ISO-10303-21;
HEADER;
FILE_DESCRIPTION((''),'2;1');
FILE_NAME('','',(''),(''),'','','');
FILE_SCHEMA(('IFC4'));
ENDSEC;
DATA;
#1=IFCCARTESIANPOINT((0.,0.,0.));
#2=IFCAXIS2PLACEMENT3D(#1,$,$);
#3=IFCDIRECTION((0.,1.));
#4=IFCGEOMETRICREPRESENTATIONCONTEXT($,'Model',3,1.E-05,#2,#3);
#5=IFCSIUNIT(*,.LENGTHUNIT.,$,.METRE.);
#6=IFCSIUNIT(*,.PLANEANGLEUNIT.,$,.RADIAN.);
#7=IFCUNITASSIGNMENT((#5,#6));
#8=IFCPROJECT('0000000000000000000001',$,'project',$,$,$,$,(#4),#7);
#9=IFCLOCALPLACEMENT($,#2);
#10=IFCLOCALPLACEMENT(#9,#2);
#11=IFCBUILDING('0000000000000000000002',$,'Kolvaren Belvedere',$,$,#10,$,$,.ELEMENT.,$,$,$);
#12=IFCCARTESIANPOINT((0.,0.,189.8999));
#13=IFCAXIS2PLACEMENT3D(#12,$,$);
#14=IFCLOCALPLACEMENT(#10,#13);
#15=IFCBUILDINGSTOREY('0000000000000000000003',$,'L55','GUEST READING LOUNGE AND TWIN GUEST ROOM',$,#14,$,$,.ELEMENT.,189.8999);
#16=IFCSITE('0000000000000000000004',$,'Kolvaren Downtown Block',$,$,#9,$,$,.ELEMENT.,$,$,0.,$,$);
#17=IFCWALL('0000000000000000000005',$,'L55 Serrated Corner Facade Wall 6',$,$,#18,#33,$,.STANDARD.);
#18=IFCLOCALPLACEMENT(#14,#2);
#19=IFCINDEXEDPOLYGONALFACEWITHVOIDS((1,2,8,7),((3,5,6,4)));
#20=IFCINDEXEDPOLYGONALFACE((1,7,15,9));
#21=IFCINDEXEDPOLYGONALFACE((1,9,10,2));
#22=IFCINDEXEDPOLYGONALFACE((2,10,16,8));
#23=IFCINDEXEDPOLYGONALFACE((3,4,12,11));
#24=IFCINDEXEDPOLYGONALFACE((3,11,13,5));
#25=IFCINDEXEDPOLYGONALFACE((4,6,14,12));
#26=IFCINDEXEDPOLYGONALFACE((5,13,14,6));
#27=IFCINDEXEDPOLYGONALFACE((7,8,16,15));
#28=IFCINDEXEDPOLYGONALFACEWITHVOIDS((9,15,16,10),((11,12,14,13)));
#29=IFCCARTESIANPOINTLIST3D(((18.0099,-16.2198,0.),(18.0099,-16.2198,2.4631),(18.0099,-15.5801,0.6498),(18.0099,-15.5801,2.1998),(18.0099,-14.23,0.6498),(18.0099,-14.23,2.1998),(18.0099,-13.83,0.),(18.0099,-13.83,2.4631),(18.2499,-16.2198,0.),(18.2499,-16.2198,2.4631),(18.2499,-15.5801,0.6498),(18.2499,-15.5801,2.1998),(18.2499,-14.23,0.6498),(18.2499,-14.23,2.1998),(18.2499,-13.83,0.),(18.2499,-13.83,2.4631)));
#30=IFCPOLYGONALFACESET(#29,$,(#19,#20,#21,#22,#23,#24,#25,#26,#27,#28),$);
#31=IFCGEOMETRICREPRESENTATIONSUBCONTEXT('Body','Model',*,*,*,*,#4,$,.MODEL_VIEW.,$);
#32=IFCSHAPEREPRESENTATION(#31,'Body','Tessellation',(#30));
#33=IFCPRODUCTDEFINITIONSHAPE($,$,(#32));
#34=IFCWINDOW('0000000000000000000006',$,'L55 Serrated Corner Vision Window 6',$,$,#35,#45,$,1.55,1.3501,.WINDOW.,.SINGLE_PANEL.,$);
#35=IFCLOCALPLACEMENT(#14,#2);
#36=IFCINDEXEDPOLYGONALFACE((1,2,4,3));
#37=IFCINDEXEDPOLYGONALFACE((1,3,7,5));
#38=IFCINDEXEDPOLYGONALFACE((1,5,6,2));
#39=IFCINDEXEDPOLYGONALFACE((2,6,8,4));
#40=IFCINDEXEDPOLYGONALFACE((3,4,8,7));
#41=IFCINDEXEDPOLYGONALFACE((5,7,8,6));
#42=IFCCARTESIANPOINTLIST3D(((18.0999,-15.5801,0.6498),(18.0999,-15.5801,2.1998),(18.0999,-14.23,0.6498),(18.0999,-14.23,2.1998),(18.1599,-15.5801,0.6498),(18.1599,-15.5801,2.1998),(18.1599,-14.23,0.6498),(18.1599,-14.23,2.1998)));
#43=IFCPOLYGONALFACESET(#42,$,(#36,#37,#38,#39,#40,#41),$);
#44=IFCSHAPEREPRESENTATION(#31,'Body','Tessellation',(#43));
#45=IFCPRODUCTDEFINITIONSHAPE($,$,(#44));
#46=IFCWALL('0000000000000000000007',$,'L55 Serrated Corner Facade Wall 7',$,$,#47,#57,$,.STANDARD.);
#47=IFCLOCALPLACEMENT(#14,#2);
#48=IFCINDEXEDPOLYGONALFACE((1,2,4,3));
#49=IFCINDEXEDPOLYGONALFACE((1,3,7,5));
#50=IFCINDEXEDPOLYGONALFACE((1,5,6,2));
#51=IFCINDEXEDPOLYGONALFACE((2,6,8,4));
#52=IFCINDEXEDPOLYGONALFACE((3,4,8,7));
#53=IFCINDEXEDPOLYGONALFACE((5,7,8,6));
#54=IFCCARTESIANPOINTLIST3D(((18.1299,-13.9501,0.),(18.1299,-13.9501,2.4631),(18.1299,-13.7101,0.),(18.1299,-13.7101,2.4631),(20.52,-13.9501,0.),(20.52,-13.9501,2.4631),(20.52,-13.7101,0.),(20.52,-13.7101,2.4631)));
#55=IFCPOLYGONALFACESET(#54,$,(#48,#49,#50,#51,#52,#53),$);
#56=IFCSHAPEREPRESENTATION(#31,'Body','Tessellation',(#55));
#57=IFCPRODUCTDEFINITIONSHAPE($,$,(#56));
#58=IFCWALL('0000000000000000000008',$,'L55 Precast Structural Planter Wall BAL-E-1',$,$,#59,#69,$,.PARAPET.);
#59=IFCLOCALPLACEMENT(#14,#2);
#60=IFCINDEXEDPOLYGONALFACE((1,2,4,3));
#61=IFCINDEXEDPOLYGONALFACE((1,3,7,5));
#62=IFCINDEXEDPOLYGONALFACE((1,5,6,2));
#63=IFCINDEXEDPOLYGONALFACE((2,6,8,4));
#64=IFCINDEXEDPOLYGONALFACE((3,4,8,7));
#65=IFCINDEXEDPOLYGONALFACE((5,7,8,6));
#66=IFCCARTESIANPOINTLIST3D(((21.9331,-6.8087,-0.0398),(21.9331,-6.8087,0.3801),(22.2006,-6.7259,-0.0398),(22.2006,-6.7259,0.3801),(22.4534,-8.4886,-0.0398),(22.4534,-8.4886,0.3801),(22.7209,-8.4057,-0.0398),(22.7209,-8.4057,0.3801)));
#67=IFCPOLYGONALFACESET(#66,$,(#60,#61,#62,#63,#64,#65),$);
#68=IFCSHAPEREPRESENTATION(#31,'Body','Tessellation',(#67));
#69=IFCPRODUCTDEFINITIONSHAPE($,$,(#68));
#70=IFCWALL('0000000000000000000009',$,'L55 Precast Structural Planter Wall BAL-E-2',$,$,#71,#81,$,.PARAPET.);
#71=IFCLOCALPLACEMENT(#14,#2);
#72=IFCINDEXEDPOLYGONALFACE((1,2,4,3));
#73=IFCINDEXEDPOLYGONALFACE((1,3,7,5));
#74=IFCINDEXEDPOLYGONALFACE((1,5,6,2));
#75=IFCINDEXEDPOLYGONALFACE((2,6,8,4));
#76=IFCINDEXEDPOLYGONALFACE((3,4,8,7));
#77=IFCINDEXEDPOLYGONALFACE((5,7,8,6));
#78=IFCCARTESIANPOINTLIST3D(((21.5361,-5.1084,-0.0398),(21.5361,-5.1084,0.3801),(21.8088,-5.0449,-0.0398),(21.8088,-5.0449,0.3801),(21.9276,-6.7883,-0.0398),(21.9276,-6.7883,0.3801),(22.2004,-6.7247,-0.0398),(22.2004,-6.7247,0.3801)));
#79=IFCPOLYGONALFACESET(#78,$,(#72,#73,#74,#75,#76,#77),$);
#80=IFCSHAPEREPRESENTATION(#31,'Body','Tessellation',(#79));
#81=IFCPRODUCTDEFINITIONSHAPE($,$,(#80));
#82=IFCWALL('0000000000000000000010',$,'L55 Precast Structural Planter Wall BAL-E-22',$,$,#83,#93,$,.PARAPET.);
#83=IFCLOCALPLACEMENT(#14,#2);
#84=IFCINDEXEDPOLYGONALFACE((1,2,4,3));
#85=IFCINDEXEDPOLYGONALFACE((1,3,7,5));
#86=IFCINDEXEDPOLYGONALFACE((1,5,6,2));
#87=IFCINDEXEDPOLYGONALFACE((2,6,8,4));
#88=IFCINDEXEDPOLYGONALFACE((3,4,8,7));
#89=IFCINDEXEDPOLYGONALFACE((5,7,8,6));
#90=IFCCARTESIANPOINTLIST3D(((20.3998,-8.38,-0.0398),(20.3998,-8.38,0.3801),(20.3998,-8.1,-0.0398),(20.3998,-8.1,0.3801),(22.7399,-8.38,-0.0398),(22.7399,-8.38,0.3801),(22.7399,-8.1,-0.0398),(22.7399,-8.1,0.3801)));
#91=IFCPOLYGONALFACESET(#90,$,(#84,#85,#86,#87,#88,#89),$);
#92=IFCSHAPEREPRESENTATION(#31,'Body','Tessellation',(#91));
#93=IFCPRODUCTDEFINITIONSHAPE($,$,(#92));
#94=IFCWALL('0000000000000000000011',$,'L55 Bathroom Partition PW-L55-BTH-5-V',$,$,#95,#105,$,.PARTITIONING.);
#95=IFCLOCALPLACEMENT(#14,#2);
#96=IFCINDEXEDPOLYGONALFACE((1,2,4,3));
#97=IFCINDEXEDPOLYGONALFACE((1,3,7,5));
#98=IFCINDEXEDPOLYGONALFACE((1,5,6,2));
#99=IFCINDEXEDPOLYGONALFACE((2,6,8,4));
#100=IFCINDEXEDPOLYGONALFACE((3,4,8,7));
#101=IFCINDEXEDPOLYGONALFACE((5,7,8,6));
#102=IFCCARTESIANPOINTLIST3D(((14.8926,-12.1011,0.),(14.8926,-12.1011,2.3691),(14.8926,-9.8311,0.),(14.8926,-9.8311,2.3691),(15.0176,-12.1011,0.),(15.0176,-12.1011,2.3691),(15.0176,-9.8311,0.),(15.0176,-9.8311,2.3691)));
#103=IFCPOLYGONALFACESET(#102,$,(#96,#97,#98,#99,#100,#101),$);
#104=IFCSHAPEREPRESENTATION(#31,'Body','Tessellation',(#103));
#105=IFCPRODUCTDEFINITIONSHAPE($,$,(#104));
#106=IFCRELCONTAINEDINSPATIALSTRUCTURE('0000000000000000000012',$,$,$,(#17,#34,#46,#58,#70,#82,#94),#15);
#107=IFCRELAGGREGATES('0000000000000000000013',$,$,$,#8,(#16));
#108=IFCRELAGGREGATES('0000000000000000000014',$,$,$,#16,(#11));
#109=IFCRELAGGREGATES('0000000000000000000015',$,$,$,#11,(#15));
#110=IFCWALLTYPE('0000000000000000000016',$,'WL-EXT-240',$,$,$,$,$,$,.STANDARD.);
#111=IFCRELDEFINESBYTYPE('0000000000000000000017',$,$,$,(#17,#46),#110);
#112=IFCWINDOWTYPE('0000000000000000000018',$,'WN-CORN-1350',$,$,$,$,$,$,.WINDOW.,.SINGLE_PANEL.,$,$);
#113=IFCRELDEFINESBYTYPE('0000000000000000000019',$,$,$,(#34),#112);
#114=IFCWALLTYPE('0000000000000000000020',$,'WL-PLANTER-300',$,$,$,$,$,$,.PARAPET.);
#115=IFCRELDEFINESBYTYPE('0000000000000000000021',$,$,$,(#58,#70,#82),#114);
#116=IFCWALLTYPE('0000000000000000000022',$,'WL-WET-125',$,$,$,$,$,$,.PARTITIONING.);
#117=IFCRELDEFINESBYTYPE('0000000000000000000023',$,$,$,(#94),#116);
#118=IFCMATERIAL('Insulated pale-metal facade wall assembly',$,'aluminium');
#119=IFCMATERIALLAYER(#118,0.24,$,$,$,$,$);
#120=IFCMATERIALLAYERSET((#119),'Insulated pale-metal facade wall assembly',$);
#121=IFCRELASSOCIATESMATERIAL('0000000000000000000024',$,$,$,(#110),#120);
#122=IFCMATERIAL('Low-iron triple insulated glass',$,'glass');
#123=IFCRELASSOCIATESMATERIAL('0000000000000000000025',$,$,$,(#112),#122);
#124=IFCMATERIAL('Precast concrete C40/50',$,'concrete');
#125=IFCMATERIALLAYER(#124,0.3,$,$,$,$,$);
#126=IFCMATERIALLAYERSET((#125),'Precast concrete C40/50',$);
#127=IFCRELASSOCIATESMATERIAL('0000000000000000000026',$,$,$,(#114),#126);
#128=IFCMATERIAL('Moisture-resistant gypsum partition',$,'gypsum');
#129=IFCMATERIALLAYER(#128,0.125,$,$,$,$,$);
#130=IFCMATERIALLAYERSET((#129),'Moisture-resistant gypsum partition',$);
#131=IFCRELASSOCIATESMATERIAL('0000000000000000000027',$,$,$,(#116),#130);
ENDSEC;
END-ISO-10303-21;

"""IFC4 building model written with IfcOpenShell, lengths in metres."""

from ifc_helpers import new_model, si_unit, direction, frame, frame_2d, origin, place, context, subcontext, project, spatial, rectangle, extrude, material, layer, layer_set, type_object, element, fill, save


model = new_model("IFC4")

# Units and contexts
model_context = context("Model", 3, precision=1e-05, world=origin(), true_north=direction((0.0, 1.0)))
body_context = subcontext(model_context, "Body", "Model", "MODEL_VIEW")
ifc_project = project(units=[si_unit("LENGTHUNIT", "METRE"), si_unit("PLANEANGLEUNIT", "RADIAN")], contexts=[model_context])

# Site, building, storey
site_placement = place(None, origin())
site = spatial("IfcSite", under=ifc_project, at=site_placement, Name="Kolvaren Downtown Block", CompositionType="ELEMENT", RefElevation=0.0)
building_placement = place(site_placement, origin())
building = spatial("IfcBuilding", under=site, at=building_placement, Name="Kolvaren Belvedere", CompositionType="ELEMENT")
storey_placement = place(building_placement, frame((0.0, 0.0, 189.8999)))
storey = spatial("IfcBuildingStorey", under=building, at=storey_placement, Name="L55", Description="GUEST READING LOUNGE AND TWIN GUEST ROOM", CompositionType="ELEMENT", Elevation=189.8999)

# Shared definitions
ifc_material_1 = material(Name="Insulated pale-metal facade wall assembly", Category="aluminium")
ifc_layer_1 = layer(ifc_material_1, 0.24)
ifc_layer_set_1 = layer_set([ifc_layer_1], Name="Insulated pale-metal facade wall assembly")
wall_type_1 = type_object("IfcWallType", Name="WL-EXT-240", PredefinedType="STANDARD", material=ifc_layer_set_1)

# Wall, opening, window
ifc_material_2 = material(Name="Low-iron triple insulated glass", Category="glass")
window_type_1 = type_object("IfcWindowType", Name="WN-CORN-1350", PartitioningType="SINGLE_PANEL", PredefinedType="WINDOW", material=ifc_material_2)
wall_1_placement = place(storey_placement, frame((18.1299, -13.8301, 0.0), z_axis=(0.0, 0.0, 1.0), x_axis=(0.0, -1.0, 0.0)))
wall_1 = element("IfcWall", 1, at=wall_1_placement, inside=storey, type_object=wall_type_1, Name="L55 Serrated Corner Facade Wall 6", PredefinedType="STANDARD", context=body_context, shape_type="SweptSolid", body=[
    extrude(rectangle(XDim=2.3899, YDim=0.24, at=frame_2d((1.1948, 0.0))), origin(), (0.0, 0.0, 1.0), 2.4631),
])
opening_1_placement = place(wall_1_placement, frame((0.3999, 0.0, 0.6499)))
opening_1 = element("IfcOpeningElement", 2, at=opening_1_placement, cuts=wall_1, PredefinedType="OPENING", context=body_context, shape_type="SweptSolid", body=[
    extrude(rectangle(XDim=1.3501, YDim=1.55, at=frame_2d((0.675, 0.7749))), frame((0.0, 0.1299, 0.0), z_axis=(0.0, -1.0, 0.0), x_axis=(1.0, 0.0, 0.0)), (0.0, 0.0, 1.0), 0.26),
])
window_1_placement = place(opening_1_placement, origin())
window_1 = element("IfcWindow", 3, at=window_1_placement, inside=storey, type_object=window_type_1, Name="L55 Serrated Corner Vision Window 6", OverallHeight=1.55, OverallWidth=1.3501, PartitioningType="SINGLE_PANEL", PredefinedType="WINDOW", context=body_context, shape_type="SweptSolid", body=[
    extrude(rectangle(XDim=1.3501, YDim=1.55, at=frame_2d((0.675, 0.7749))), frame((0.0, 0.03, 0.0), z_axis=(0.0, -1.0, 0.0), x_axis=(1.0, 0.0, 0.0)), (0.0, 0.0, 1.0), 0.0601),
])
fill(opening_1, window_1)

# Walls
wall_2_placement = place(storey_placement, frame((20.52, -13.8301, 0.0), z_axis=(0.0, 0.0, 1.0), x_axis=(-1.0, 0.0, 0.0)))
element("IfcWall", 4, at=wall_2_placement, inside=storey, type_object=wall_type_1, Name="L55 Serrated Corner Facade Wall 7", PredefinedType="STANDARD", context=body_context, shape_type="SweptSolid", body=[
    extrude(rectangle(XDim=2.3901, YDim=0.24, at=frame_2d((1.1951, 0.0))), origin(), (0.0, 0.0, 1.0), 2.4631),
])
ifc_material_3 = material(Name="Precast concrete C40/50", Category="concrete")
ifc_layer_2 = layer(ifc_material_3, 0.3)
ifc_layer_set_2 = layer_set([ifc_layer_2], Name="Precast concrete C40/50")
wall_type_2 = type_object("IfcWallType", Name="WL-PLANTER-300", PredefinedType="PARAPET", material=ifc_layer_set_2)
wall_3_placement = place(storey_placement, frame((22.5872, -8.4473, -0.0398), z_axis=(0.0, 0.0, 1.0), x_axis=(-0.295832, 0.95524, 0.0)))
element("IfcWall", 5, at=wall_3_placement, inside=storey, type_object=wall_type_2, Name="L55 Precast Structural Planter Wall BAL-E-1", PredefinedType="PARAPET", context=body_context, shape_type="SweptSolid", body=[
    extrude(rectangle(XDim=1.7585, YDim=0.28, at=frame_2d((0.8794, 0.0))), origin(), (0.0, 0.0, 1.0), 0.4199),
])
wall_4_placement = place(storey_placement, frame((22.064, -6.7563, -0.0398), z_axis=(0.0, 0.0, 1.0), x_axis=(-0.227019, 0.97389, 0.0)))
element("IfcWall", 6, at=wall_4_placement, inside=storey, type_object=wall_type_2, Name="L55 Precast Structural Planter Wall BAL-E-2", PredefinedType="PARAPET", context=body_context, shape_type="SweptSolid", body=[
    extrude(rectangle(XDim=1.7249, YDim=0.28, at=frame_2d((0.8623, 0.0))), origin(), (0.0, 0.0, 1.0), 0.4199),
])
wall_5_placement = place(storey_placement, frame((20.3999, -8.24, -0.0398), z_axis=(0.0, 0.0, 1.0), x_axis=(1.0, 0.0, 0.0)))
element("IfcWall", 7, at=wall_5_placement, inside=storey, type_object=wall_type_2, Name="L55 Precast Structural Planter Wall BAL-E-22", PredefinedType="PARAPET", context=body_context, shape_type="SweptSolid", body=[
    extrude(rectangle(XDim=2.3401, YDim=0.28, at=frame_2d((1.1699, 0.0))), origin(), (0.0, 0.0, 1.0), 0.4199),
])
ifc_material_4 = material(Name="Moisture-resistant gypsum partition", Category="gypsum")
ifc_layer_3 = layer(ifc_material_4, 0.125)
ifc_layer_set_3 = layer_set([ifc_layer_3], Name="Moisture-resistant gypsum partition")
wall_type_3 = type_object("IfcWallType", Name="WL-WET-125", PredefinedType="PARTITIONING", material=ifc_layer_set_3)
wall_6_placement = place(storey_placement, frame((14.9551, -12.1011, 0.0), z_axis=(0.0, 0.0, 1.0), x_axis=(0.0, 1.0, 0.0)))
element("IfcWall", 8, at=wall_6_placement, inside=storey, type_object=wall_type_3, Name="L55 Bathroom Partition PW-L55-BTH-5-V", PredefinedType="PARTITIONING", context=body_context, shape_type="SweptSolid", body=[
    extrude(rectangle(XDim=2.27, YDim=0.125, at=frame_2d((1.135, 0.0))), origin(), (0.0, 0.0, 1.0), 2.3691),
])

save(model, "model.ifc")
